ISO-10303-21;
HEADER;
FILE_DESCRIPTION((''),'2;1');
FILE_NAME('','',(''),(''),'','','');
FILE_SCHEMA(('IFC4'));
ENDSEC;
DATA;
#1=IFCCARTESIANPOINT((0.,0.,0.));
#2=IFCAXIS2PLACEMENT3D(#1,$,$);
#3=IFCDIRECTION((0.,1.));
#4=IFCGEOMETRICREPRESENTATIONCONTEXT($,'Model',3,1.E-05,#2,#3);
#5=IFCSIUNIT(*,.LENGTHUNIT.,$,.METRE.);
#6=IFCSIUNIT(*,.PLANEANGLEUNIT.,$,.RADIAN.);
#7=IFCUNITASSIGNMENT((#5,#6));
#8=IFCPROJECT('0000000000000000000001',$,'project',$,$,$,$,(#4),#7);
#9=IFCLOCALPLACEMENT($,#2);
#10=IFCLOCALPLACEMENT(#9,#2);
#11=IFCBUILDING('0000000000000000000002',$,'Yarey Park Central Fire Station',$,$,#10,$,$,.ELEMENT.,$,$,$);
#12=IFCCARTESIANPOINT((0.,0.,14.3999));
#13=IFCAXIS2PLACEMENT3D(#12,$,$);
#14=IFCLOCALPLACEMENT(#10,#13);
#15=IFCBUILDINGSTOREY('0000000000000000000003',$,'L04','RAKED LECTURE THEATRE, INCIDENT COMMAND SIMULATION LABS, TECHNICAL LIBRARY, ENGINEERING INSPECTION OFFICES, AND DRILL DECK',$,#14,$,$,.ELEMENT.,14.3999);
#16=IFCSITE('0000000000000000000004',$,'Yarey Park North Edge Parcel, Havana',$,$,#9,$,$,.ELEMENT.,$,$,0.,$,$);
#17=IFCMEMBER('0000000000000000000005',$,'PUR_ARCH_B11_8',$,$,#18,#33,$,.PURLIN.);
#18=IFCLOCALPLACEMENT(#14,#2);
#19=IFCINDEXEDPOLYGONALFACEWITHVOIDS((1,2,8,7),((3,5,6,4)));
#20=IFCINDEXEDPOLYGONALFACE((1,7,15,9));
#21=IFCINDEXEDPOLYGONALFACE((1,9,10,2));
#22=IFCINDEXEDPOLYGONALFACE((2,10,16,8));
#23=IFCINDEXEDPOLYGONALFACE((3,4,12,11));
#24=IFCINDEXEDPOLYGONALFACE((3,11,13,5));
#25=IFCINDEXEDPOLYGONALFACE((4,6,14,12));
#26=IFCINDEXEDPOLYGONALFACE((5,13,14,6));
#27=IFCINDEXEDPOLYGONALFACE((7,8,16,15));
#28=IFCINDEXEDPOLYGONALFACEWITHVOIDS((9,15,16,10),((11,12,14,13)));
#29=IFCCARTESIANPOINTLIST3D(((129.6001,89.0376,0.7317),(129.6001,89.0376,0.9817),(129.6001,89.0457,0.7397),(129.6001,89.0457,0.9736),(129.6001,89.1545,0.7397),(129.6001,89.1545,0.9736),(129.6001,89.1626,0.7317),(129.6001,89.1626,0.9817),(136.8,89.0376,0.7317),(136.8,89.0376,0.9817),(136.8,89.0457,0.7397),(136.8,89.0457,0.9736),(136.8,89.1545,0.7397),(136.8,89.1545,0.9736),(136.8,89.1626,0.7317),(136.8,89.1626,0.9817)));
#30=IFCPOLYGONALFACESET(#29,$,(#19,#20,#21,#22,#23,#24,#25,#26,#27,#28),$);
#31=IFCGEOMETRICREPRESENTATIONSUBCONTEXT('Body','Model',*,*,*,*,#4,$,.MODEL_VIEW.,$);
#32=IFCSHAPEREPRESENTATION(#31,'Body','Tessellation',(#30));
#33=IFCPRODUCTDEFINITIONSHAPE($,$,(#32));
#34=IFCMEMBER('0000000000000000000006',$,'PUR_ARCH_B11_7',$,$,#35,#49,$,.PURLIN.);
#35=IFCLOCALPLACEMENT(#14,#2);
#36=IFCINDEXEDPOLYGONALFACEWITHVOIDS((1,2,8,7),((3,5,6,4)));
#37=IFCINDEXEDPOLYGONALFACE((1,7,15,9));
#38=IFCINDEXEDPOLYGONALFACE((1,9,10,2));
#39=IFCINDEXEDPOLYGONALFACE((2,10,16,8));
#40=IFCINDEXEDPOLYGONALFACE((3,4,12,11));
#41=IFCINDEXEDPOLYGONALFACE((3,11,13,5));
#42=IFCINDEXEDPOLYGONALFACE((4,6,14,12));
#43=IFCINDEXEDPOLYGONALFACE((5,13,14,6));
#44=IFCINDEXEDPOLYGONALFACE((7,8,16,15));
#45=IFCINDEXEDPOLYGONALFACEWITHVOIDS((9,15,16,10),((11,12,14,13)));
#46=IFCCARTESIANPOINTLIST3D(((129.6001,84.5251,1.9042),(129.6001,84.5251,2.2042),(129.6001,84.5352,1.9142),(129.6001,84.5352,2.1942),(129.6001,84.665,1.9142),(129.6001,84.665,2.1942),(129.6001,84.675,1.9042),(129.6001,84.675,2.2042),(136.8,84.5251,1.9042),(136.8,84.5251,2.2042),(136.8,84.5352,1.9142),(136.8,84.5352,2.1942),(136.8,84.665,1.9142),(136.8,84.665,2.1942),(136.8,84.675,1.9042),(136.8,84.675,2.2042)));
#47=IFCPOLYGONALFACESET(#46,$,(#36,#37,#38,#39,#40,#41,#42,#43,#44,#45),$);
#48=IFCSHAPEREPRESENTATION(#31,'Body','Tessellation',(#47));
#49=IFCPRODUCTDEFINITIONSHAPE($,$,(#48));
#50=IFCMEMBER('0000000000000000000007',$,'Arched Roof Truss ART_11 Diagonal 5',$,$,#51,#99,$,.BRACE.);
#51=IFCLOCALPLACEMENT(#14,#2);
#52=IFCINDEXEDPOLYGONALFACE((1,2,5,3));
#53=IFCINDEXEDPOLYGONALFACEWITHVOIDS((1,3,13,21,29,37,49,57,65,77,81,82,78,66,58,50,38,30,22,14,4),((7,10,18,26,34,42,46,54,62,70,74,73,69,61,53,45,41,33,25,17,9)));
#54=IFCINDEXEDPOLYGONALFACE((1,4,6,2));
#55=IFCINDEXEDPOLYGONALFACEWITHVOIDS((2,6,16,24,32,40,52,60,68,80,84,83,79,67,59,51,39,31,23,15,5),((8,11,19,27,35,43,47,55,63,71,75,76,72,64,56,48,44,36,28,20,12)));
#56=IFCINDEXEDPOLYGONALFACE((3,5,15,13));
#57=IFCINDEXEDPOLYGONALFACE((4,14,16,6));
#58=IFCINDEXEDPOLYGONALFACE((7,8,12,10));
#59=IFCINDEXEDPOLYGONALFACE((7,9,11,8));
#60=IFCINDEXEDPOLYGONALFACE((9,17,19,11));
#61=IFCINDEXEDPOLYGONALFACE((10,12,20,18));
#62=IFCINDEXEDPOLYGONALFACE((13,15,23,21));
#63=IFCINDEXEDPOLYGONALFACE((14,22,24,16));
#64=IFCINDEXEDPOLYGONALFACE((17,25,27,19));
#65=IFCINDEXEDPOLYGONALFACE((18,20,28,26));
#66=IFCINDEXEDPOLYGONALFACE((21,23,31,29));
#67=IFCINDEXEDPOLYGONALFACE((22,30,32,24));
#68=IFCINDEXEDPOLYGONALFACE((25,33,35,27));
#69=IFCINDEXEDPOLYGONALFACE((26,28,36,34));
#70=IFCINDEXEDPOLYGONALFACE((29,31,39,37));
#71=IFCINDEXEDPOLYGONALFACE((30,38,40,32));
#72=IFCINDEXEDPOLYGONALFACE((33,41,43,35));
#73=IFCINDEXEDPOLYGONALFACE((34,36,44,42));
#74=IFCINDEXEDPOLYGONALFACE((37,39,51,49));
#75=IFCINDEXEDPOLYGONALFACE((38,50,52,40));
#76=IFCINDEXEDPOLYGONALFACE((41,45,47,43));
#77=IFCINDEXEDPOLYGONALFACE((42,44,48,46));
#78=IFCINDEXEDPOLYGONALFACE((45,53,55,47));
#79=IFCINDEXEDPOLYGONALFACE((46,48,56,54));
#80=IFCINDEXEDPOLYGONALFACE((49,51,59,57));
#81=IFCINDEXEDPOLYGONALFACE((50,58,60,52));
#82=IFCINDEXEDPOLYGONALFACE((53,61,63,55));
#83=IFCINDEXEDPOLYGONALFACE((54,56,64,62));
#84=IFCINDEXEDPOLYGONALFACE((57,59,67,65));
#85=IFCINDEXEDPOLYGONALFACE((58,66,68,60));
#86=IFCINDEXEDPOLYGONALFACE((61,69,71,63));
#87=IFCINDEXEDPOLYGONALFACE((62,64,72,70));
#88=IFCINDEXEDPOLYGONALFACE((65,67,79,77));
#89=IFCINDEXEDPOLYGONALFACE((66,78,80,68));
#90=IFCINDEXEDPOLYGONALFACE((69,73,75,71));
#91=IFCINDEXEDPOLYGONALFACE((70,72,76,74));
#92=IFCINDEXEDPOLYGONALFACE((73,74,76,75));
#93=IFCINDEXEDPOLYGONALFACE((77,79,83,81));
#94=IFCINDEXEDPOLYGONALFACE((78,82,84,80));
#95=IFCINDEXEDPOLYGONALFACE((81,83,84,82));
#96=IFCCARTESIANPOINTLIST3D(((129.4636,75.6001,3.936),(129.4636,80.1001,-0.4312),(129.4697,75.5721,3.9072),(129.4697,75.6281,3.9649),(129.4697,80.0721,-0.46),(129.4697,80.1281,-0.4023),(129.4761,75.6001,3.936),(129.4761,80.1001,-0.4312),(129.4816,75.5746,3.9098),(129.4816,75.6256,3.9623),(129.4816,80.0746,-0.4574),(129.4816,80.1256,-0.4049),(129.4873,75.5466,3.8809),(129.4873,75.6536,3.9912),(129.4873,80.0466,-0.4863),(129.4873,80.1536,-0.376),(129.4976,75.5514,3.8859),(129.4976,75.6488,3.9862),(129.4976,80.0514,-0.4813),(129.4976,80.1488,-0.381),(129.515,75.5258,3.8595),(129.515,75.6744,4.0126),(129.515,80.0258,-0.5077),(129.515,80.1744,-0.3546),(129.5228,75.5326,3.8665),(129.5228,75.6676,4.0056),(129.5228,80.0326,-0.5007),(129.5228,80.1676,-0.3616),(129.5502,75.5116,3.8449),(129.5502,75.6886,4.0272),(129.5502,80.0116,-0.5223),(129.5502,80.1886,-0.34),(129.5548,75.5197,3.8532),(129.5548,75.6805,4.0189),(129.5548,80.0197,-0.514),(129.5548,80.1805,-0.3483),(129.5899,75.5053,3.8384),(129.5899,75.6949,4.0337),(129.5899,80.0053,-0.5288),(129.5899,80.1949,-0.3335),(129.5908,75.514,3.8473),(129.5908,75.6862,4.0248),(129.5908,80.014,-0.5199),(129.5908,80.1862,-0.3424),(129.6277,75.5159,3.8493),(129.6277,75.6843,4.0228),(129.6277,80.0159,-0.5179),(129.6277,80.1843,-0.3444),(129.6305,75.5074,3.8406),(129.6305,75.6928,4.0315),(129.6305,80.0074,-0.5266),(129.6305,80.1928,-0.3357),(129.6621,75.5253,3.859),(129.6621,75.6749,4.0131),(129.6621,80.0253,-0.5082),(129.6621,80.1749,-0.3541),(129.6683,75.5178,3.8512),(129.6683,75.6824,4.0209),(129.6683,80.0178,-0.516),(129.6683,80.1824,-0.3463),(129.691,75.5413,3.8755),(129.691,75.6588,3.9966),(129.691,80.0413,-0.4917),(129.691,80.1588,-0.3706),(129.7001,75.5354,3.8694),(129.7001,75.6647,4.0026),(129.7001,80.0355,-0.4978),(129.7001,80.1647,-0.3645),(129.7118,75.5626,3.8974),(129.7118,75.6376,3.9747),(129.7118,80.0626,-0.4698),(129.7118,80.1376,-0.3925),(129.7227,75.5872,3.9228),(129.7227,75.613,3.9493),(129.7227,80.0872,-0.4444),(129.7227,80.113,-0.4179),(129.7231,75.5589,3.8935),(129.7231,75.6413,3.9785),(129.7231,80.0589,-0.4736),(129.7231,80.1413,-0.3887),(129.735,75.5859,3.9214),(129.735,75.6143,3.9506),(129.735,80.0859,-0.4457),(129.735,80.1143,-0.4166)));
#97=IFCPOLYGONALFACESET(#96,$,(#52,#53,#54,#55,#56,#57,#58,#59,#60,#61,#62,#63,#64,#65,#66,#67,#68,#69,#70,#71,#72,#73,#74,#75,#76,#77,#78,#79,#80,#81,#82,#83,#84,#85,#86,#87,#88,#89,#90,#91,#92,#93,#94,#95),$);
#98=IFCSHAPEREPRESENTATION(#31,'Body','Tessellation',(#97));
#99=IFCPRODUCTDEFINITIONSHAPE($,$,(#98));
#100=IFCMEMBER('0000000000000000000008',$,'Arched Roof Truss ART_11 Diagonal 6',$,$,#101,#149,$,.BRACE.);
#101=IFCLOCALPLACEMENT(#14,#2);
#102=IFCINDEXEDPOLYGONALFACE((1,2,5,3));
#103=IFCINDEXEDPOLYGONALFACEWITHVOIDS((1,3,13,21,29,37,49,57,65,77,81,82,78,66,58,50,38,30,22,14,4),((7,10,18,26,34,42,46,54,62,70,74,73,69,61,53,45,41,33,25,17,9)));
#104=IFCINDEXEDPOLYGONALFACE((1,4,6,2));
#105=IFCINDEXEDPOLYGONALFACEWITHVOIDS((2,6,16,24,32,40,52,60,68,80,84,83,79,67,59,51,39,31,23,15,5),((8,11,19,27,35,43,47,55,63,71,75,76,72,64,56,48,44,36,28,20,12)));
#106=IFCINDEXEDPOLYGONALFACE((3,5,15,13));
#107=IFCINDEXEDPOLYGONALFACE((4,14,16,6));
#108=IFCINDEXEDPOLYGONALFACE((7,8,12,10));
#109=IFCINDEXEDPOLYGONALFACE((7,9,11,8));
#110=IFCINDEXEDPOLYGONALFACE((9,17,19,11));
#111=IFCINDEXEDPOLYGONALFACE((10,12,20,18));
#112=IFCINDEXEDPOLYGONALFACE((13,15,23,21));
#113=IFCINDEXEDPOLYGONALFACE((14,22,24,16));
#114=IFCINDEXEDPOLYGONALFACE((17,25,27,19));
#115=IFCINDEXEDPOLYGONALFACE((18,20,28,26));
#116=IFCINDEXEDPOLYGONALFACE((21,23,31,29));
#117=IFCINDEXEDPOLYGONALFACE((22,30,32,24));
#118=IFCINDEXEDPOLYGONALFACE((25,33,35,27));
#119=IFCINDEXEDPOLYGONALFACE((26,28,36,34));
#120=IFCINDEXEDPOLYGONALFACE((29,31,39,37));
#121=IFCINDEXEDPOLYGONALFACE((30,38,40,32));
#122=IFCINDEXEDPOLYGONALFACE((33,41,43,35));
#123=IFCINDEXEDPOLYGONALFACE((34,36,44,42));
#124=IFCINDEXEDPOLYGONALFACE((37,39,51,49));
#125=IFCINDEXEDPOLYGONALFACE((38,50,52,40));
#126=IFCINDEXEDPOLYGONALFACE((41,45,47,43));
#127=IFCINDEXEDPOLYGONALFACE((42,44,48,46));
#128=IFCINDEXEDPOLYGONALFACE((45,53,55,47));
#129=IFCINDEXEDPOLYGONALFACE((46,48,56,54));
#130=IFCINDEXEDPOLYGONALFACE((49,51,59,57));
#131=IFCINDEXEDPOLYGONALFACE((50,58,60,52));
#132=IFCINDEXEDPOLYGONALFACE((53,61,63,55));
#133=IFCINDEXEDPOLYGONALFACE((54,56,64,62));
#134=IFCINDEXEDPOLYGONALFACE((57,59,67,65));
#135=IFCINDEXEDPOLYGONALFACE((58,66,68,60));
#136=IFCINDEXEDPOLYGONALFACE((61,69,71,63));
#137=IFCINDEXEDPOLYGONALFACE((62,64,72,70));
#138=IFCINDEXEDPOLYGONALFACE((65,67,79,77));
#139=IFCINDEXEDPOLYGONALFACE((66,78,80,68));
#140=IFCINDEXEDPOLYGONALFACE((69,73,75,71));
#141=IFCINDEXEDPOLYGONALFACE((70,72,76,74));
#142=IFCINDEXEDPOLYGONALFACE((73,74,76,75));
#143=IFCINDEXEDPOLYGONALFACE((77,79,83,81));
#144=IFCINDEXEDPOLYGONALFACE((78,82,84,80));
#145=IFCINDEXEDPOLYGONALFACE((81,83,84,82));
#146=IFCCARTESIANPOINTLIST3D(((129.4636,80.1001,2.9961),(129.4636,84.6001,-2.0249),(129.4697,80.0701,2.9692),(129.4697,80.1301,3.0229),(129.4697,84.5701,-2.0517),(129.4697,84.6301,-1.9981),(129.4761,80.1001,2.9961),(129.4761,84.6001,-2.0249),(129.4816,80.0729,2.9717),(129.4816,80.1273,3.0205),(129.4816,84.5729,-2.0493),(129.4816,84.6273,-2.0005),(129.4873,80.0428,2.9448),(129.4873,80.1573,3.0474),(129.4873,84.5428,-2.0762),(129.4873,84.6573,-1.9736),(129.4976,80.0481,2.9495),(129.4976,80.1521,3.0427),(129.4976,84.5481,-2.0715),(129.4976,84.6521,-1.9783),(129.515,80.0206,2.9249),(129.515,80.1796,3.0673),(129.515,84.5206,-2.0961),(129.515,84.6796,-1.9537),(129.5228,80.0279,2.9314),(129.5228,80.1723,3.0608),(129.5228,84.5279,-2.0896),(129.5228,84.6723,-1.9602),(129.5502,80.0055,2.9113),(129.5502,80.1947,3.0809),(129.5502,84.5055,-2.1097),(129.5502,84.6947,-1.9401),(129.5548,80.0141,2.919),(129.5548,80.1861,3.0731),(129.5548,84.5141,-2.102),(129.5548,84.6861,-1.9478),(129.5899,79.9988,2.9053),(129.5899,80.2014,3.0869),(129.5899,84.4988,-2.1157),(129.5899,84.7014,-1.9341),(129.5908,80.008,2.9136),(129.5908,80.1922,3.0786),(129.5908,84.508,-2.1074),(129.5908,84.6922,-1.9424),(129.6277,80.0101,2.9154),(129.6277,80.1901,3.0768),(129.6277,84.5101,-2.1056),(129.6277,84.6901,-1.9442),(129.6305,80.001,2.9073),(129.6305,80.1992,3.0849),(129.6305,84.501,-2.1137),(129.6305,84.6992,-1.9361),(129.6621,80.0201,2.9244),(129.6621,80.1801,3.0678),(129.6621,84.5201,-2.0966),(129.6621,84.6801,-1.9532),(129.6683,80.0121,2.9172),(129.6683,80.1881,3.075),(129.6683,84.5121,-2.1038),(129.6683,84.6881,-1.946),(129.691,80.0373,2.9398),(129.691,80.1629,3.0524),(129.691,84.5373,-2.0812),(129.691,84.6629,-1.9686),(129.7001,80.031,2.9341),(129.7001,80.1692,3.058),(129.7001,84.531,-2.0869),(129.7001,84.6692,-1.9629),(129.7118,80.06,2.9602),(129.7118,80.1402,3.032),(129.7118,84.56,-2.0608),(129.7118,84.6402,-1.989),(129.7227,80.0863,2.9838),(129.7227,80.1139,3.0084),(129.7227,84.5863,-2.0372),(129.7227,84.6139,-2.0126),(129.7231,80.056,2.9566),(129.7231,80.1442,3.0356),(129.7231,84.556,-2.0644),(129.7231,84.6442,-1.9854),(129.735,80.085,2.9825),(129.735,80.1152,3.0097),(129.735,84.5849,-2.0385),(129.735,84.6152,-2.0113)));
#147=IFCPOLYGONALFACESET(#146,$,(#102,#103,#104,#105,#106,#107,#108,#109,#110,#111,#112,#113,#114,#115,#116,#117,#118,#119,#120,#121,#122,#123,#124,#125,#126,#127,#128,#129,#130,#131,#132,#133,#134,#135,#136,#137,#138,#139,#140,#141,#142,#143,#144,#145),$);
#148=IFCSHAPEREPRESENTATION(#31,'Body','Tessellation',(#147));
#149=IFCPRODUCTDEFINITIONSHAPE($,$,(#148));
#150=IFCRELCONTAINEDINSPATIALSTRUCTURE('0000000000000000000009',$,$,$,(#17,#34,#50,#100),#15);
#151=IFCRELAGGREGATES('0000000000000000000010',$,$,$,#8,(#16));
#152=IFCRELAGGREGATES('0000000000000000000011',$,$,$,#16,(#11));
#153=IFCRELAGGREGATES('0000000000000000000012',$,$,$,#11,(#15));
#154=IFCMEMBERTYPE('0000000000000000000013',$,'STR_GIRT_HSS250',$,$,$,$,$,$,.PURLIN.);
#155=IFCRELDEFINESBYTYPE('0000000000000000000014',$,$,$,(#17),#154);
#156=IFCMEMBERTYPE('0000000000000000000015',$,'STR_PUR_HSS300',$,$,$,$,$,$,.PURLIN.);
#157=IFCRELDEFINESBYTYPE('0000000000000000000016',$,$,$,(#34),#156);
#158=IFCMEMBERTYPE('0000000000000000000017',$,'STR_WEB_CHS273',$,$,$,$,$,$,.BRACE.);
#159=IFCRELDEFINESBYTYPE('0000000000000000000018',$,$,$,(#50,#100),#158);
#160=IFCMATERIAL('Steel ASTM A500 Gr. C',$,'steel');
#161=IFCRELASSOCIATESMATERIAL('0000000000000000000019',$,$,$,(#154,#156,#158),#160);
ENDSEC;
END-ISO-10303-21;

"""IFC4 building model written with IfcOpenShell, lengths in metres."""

from ifc_helpers import new_model, si_unit, direction, frame, origin, origin_2d, place, context, subcontext, project, spatial, hollow_rectangle, hollow_circle, extrude, material, material_profile, profile_set, type_object, element, save


model = new_model("IFC4")

# Units and contexts
model_context = context("Model", 3, precision=1e-05, world=origin(), true_north=direction((0.0, 1.0)))
body_context = subcontext(model_context, "Body", "Model", "MODEL_VIEW")
ifc_project = project(units=[si_unit("LENGTHUNIT", "METRE"), si_unit("PLANEANGLEUNIT", "RADIAN")], contexts=[model_context])

# Site, building, storey
site_placement = place(None, origin())
site = spatial("IfcSite", under=ifc_project, at=site_placement, Name="Yarey Park North Edge Parcel, Havana", CompositionType="ELEMENT", RefElevation=0.0)
building_placement = place(site_placement, origin())
building = spatial("IfcBuilding", under=site, at=building_placement, Name="Yarey Park Central Fire Station", CompositionType="ELEMENT")
storey_placement = place(building_placement, frame((0.0, 0.0, 14.3999)))
storey = spatial("IfcBuildingStorey", under=building, at=storey_placement, Name="L04", Description="RAKED LECTURE THEATRE, INCIDENT COMMAND SIMULATION LABS, TECHNICAL LIBRARY, ENGINEERING INSPECTION OFFICES, AND DRILL DECK", CompositionType="ELEMENT", Elevation=14.3999)

# Members
ifc_material_1 = material(Name="Steel ASTM A500 Gr. C", Category="steel")
ifc_material_profile_1 = material_profile(ifc_material_1, hollow_rectangle(XDim=0.125, YDim=0.25, WallThickness=0.0081, at=origin_2d()), Name="HSS 250x125x8")
ifc_profile_set_1 = profile_set([ifc_material_profile_1], Name="Steel ASTM A500 Gr. C")
member_type_1 = type_object("IfcMemberType", Name="STR_GIRT_HSS250", PredefinedType="PURLIN", material=ifc_profile_set_1)
for number, where, z_axis, x_axis, name in (
    (1, (129.6001, 89.1001, 0.8567), (1.0, 0.0, 0.0), (0.0, 1.0, 0.0), "PUR_ARCH_B11_8"),
):
    element("IfcMember", number, at=place(storey_placement, frame(where, z_axis=z_axis, x_axis=x_axis)), inside=storey, type_object=member_type_1, Name=name, PredefinedType="PURLIN", context=body_context, shape_type="SweptSolid", body=[
        extrude(hollow_rectangle(XDim=0.125, YDim=0.25, WallThickness=0.0081, at=origin_2d()), origin(), (0.0, 0.0, 1.0), 7.2),
    ])
ifc_material_profile_2 = material_profile(ifc_material_1, hollow_rectangle(XDim=0.1499, YDim=0.3, WallThickness=0.01, at=origin_2d()), Name="HSS 300x150x10")
ifc_profile_set_2 = profile_set([ifc_material_profile_2], Name="Steel ASTM A500 Gr. C")
member_type_2 = type_object("IfcMemberType", Name="STR_PUR_HSS300", PredefinedType="PURLIN", material=ifc_profile_set_2)
member_1_placement = place(storey_placement, frame((129.6001, 84.6001, 2.0542), z_axis=(1.0, 0.0, 0.0), x_axis=(0.0, 1.0, 0.0)))
element("IfcMember", 2, at=member_1_placement, inside=storey, type_object=member_type_2, Name="PUR_ARCH_B11_7", PredefinedType="PURLIN", context=body_context, shape_type="SweptSolid", body=[
    extrude(hollow_rectangle(XDim=0.1499, YDim=0.3, WallThickness=0.01, at=origin_2d()), origin(), (0.0, 0.0, 1.0), 7.2),
])
ifc_material_profile_3 = material_profile(ifc_material_1, hollow_circle(Radius=0.1365, WallThickness=0.0125, at=origin_2d()), Name="CHS 273x12.5")
ifc_profile_set_3 = profile_set([ifc_material_profile_3], Name="Steel ASTM A500 Gr. C")
member_type_3 = type_object("IfcMemberType", Name="STR_WEB_CHS273", PredefinedType="BRACE", material=ifc_profile_set_3)
member_2_placement = place(storey_placement, frame((129.6001, 75.6001, 3.936), z_axis=(0.0, 0.717617, -0.696438), x_axis=(-1.0, 0.0, 0.0)))
element("IfcMember", 3, at=member_2_placement, inside=storey, type_object=member_type_3, Name="Arched Roof Truss ART_11 Diagonal 5", PredefinedType="BRACE", context=body_context, shape_type="SweptSolid", body=[
    extrude(hollow_circle(Radius=0.1365, WallThickness=0.0125, at=origin_2d()), origin(), (0.0, 0.0, 1.0), 6.2708),
])
member_3_placement = place(storey_placement, frame((129.6001, 80.1001, 2.9961), z_axis=(0.0, 0.667415, -0.744686), x_axis=(-1.0, 0.0, 0.0)))
element("IfcMember", 4, at=member_3_placement, inside=storey, type_object=member_type_3, Name="Arched Roof Truss ART_11 Diagonal 6", PredefinedType="BRACE", context=body_context, shape_type="SweptSolid", body=[
    extrude(hollow_circle(Radius=0.1365, WallThickness=0.0125, at=origin_2d()), origin(), (0.0, 0.0, 1.0), 6.7424),
])

save(model, "model.ifc")
